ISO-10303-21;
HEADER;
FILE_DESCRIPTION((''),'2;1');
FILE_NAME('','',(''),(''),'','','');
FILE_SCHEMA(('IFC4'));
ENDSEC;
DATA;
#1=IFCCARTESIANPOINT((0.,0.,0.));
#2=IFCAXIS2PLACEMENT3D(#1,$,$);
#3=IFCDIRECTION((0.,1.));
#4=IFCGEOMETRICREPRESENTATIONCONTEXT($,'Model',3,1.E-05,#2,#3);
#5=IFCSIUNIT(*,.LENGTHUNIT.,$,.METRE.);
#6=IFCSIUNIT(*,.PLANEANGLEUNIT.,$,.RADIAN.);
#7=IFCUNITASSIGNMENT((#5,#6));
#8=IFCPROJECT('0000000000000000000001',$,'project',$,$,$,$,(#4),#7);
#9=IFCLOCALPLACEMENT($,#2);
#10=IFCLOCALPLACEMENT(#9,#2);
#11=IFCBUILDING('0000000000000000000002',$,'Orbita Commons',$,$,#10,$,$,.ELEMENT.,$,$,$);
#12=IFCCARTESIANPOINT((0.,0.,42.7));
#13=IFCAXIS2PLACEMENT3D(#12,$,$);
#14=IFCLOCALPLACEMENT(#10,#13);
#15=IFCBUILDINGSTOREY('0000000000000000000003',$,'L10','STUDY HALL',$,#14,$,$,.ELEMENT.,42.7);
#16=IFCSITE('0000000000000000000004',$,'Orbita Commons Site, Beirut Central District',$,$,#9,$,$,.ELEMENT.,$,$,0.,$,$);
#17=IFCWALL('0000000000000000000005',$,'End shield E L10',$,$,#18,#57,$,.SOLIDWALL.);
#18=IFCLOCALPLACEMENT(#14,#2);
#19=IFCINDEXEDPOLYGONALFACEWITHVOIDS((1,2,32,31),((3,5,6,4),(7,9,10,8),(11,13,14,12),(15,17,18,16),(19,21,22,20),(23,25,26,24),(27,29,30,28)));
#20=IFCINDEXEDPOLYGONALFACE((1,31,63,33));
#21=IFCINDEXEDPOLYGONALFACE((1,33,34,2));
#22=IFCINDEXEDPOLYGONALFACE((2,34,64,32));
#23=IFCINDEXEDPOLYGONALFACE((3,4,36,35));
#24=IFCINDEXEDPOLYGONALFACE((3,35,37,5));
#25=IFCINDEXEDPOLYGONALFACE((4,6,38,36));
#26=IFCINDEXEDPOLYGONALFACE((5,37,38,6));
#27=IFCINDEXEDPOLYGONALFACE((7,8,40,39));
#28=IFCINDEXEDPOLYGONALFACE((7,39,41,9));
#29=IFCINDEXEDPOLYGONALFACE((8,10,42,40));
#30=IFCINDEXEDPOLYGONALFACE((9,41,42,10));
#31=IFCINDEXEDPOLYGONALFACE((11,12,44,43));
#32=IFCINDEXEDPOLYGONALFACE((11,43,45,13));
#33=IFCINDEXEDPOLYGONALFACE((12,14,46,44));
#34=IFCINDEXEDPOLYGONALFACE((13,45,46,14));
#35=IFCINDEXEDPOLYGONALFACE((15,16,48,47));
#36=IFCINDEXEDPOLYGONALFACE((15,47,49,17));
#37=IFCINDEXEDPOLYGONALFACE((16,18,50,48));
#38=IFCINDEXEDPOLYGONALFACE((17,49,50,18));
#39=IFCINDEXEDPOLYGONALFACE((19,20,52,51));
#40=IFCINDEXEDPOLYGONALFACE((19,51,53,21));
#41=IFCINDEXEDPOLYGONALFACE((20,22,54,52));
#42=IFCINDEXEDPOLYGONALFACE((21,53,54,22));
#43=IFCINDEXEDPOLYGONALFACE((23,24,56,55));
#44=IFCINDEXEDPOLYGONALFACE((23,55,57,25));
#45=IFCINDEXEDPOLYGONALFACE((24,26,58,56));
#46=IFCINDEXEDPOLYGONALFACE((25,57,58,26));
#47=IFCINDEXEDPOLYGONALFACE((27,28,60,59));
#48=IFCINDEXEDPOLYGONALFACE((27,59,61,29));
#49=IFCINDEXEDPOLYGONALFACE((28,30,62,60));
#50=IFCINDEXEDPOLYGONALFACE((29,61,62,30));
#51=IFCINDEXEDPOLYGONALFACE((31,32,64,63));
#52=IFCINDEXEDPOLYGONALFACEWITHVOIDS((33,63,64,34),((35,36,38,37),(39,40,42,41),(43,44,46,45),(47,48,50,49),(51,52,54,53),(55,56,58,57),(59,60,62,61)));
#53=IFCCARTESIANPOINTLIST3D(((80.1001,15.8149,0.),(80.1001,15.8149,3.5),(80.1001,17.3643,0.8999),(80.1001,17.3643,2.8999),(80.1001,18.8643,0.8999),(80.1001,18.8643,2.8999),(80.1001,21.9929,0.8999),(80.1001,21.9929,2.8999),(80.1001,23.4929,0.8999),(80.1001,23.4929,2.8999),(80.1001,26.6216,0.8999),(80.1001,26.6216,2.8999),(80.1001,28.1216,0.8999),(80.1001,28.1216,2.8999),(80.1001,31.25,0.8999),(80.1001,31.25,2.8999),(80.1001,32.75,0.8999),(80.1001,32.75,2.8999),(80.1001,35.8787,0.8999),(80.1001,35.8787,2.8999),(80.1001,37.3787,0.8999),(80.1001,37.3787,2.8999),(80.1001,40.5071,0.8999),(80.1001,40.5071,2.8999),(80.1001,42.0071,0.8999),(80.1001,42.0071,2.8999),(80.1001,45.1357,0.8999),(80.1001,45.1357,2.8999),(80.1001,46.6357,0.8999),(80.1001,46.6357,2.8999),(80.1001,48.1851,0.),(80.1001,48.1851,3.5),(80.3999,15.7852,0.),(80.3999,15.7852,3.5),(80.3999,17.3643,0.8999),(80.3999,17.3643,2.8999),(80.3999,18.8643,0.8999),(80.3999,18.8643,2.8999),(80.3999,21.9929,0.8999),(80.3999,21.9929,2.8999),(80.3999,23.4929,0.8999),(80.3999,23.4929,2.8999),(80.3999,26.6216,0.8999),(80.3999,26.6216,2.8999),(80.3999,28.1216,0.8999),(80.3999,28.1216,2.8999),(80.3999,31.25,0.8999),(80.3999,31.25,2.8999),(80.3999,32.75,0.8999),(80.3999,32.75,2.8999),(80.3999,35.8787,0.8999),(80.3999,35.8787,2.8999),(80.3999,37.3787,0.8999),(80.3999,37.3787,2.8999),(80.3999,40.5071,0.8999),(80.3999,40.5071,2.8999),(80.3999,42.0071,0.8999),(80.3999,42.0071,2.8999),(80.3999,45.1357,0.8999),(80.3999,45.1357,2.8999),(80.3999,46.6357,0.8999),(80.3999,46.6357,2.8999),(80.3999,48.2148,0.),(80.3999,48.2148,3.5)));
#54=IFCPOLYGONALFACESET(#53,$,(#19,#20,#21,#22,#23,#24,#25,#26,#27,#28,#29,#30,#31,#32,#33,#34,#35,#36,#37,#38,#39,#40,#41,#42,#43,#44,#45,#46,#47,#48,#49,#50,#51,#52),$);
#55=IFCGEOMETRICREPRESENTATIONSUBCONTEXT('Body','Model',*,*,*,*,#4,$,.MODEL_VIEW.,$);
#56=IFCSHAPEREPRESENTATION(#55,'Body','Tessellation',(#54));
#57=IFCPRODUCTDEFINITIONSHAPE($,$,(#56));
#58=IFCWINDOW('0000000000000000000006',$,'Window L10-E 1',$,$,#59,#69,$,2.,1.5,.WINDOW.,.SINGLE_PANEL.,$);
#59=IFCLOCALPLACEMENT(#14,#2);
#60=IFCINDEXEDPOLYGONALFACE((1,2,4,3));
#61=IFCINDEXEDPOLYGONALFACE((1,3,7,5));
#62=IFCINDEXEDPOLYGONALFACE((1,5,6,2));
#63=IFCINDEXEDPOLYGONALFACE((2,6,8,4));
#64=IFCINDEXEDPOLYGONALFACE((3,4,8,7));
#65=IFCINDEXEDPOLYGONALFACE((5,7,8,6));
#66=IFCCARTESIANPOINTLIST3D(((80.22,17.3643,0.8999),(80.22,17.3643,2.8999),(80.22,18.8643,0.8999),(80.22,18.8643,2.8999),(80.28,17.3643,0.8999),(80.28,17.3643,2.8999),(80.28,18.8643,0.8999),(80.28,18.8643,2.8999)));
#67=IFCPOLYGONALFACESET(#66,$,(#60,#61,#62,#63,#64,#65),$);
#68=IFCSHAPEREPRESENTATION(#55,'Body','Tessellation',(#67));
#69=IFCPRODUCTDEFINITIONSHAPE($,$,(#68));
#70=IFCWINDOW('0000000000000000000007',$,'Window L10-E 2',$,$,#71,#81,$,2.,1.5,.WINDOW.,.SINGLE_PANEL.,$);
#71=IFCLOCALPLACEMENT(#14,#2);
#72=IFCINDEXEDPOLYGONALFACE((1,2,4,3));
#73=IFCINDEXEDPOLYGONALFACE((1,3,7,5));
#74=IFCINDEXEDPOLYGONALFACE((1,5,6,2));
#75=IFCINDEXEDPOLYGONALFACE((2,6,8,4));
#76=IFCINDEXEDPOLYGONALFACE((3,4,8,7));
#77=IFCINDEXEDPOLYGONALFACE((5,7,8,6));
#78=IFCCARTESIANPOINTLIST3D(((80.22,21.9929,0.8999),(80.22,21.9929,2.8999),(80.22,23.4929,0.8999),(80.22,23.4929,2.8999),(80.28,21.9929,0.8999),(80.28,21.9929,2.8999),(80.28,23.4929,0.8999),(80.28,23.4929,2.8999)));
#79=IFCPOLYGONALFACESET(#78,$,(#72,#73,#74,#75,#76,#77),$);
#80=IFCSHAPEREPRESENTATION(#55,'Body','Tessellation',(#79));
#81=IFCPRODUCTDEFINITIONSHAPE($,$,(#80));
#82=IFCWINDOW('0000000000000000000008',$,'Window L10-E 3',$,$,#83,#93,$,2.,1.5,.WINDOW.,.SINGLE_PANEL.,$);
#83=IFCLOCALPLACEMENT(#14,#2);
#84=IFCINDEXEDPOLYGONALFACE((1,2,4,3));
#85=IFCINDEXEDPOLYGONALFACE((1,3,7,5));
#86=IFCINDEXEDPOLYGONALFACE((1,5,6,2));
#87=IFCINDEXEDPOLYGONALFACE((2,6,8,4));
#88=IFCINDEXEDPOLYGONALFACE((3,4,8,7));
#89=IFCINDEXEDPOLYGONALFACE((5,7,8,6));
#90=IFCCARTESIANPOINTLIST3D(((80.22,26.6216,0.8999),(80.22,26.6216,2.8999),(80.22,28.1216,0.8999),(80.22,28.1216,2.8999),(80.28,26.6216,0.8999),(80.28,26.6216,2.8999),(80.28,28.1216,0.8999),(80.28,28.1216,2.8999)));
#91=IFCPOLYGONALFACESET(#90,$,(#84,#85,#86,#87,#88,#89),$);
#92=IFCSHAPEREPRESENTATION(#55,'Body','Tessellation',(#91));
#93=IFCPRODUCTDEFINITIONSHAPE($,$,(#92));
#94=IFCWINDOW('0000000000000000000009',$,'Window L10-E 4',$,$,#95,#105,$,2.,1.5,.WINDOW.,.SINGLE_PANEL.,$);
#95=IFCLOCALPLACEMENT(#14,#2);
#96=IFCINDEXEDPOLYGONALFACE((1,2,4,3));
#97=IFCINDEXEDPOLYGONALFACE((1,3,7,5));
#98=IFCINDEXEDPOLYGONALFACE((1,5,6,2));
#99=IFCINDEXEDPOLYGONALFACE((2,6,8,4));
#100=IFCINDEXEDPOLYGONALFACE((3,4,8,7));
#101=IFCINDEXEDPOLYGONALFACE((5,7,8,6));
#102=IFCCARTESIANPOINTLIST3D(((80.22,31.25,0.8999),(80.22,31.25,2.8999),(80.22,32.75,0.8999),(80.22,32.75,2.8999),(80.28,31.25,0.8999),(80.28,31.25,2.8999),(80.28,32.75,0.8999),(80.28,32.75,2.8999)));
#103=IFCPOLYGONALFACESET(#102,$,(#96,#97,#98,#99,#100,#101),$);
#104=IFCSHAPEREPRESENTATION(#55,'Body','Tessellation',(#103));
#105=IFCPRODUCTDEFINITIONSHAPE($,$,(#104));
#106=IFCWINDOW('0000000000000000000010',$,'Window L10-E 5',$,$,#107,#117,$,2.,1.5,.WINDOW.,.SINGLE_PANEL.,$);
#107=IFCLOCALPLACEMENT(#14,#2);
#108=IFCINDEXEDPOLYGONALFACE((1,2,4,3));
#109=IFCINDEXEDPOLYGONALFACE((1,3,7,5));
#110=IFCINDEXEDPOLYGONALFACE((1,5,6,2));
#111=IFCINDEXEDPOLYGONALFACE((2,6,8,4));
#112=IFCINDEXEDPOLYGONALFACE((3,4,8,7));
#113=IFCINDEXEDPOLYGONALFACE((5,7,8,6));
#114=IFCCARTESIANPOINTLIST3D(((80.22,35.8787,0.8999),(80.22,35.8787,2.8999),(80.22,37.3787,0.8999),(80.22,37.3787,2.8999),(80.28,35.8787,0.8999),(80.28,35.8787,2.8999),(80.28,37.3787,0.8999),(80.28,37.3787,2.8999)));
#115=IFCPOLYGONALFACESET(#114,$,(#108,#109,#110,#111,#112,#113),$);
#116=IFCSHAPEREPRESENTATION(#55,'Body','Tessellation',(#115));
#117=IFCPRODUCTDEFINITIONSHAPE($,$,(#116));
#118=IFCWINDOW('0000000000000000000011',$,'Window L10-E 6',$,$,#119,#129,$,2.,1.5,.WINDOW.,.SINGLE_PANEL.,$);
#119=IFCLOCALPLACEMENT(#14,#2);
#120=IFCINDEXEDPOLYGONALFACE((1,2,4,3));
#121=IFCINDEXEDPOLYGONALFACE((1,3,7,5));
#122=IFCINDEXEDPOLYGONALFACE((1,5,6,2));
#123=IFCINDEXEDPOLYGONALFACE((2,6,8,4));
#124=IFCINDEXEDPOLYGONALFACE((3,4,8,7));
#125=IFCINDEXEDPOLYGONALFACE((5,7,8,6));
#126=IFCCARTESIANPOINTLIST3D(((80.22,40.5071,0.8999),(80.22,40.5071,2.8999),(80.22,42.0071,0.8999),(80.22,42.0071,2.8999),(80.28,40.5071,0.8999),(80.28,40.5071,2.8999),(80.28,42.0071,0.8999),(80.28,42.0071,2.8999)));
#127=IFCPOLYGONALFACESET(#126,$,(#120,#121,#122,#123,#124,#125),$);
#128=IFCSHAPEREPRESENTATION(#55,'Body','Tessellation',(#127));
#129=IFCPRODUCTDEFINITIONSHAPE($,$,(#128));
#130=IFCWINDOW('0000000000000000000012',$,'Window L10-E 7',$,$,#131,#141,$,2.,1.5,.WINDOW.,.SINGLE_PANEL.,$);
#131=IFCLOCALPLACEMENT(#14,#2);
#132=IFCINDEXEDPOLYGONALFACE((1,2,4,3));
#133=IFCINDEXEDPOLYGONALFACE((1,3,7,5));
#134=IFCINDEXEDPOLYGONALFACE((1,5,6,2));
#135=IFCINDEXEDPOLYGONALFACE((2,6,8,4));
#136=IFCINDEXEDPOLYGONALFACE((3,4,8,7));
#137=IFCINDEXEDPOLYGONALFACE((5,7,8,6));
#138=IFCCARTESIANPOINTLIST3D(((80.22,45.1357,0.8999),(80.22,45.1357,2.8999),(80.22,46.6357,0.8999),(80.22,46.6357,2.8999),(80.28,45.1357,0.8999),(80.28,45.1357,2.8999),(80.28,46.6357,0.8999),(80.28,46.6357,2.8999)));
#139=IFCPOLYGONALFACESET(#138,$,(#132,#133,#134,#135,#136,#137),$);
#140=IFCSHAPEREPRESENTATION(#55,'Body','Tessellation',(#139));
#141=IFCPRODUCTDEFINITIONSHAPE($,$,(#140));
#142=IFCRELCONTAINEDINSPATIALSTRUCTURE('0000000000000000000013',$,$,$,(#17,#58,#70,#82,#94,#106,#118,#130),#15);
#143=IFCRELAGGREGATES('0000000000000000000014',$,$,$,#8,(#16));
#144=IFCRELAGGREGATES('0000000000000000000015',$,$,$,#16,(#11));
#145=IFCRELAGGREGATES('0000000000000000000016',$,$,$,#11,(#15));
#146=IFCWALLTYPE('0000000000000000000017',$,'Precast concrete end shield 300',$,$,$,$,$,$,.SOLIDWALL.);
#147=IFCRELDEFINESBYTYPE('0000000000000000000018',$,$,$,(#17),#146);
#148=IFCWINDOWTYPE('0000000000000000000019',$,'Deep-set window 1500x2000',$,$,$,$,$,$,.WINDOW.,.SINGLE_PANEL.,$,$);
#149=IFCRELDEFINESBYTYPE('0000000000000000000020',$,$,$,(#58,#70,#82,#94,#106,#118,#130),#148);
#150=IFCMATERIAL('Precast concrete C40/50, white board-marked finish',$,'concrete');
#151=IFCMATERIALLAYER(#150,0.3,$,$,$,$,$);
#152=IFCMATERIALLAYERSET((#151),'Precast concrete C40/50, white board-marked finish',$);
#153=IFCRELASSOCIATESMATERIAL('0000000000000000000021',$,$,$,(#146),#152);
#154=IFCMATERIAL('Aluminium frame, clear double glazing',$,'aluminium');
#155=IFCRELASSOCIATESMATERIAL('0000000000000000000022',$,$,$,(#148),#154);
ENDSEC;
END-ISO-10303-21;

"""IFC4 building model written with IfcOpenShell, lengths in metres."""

from ifc_helpers import new_model, si_unit, direction, frame, frame_2d, origin, place, context, subcontext, project, spatial, polyline, rectangle, outline, extrude, material, layer, layer_set, type_object, element, fill, save


model = new_model("IFC4")

# Units and contexts
model_context = context("Model", 3, precision=1e-05, world=origin(), true_north=direction((0.0, 1.0)))
body_context = subcontext(model_context, "Body", "Model", "MODEL_VIEW")
ifc_project = project(units=[si_unit("LENGTHUNIT", "METRE"), si_unit("PLANEANGLEUNIT", "RADIAN")], contexts=[model_context])

# Site, building, storey
site_placement = place(None, origin())
site = spatial("IfcSite", under=ifc_project, at=site_placement, Name="Orbita Commons Site, Beirut Central District", CompositionType="ELEMENT", RefElevation=0.0)
building_placement = place(site_placement, origin())
building = spatial("IfcBuilding", under=site, at=building_placement, Name="Orbita Commons", CompositionType="ELEMENT")
storey_placement = place(building_placement, frame((0.0, 0.0, 42.7)))
storey = spatial("IfcBuildingStorey", under=building, at=storey_placement, Name="L10", Description="STUDY HALL", CompositionType="ELEMENT", Elevation=42.7)

# Wall, openings, windows
ifc_material_1 = material(Name="Precast concrete C40/50, white board-marked finish", Category="concrete")
ifc_layer_1 = layer(ifc_material_1, 0.3)
ifc_layer_set_1 = layer_set([ifc_layer_1], Name="Precast concrete C40/50, white board-marked finish")
wall_type_1 = type_object("IfcWallType", Name="Precast concrete end shield 300", PredefinedType="SOLIDWALL", material=ifc_layer_set_1)
wall_1_placement = place(storey_placement, frame((80.25, 15.8, 0.0), z_axis=(0.0, 0.0, 1.0), x_axis=(0.0, 1.0, 0.0)))
wall_1 = element("IfcWall", 1, at=wall_1_placement, inside=storey, type_object=wall_type_1, Name="End shield E L10", PredefinedType="SOLIDWALL", context=body_context, shape_type="SweptSolid", body=[
    extrude(outline(polyline([(-0.0149, -0.1499), (32.4148, -0.1499), (32.385, 0.1499), (0.0149, 0.1499), (-0.0149, -0.1499)])), origin(), (0.0, 0.0, 1.0), 3.5),
])
opening_1_placement = place(wall_1_placement, frame((1.5642, 0.0, 0.8999)))
opening_1 = element("IfcOpeningElement", 2, at=opening_1_placement, cuts=wall_1, PredefinedType="OPENING", context=body_context, shape_type="SweptSolid", body=[
    extrude(rectangle(XDim=1.5, YDim=2.0, at=frame_2d((0.75, 1.0))), frame((0.0, 0.1599, 0.0), z_axis=(0.0, -1.0, 0.0), x_axis=(1.0, 0.0, 0.0)), (0.0, 0.0, 1.0), 0.3201),
])
opening_2_placement = place(wall_1_placement, frame((6.1929, 0.0, 0.8999)))
opening_2 = element("IfcOpeningElement", 3, at=opening_2_placement, cuts=wall_1, PredefinedType="OPENING", context=body_context, shape_type="SweptSolid", body=[
    extrude(rectangle(XDim=1.5, YDim=2.0, at=frame_2d((0.75, 1.0))), frame((0.0, 0.1599, 0.0), z_axis=(0.0, -1.0, 0.0), x_axis=(1.0, 0.0, 0.0)), (0.0, 0.0, 1.0), 0.3201),
])
opening_3_placement = place(wall_1_placement, frame((10.8215, 0.0, 0.8999)))
opening_3 = element("IfcOpeningElement", 4, at=opening_3_placement, cuts=wall_1, PredefinedType="OPENING", context=body_context, shape_type="SweptSolid", body=[
    extrude(rectangle(XDim=1.5, YDim=2.0, at=frame_2d((0.75, 1.0))), frame((0.0, 0.1599, 0.0), z_axis=(0.0, -1.0, 0.0), x_axis=(1.0, 0.0, 0.0)), (0.0, 0.0, 1.0), 0.3201),
])
opening_4_placement = place(wall_1_placement, frame((15.45, 0.0, 0.8999)))
opening_4 = element("IfcOpeningElement", 5, at=opening_4_placement, cuts=wall_1, PredefinedType="OPENING", context=body_context, shape_type="SweptSolid", body=[
    extrude(rectangle(XDim=1.5, YDim=2.0, at=frame_2d((0.75, 1.0))), frame((0.0, 0.1599, 0.0), z_axis=(0.0, -1.0, 0.0), x_axis=(1.0, 0.0, 0.0)), (0.0, 0.0, 1.0), 0.3201),
])
opening_5_placement = place(wall_1_placement, frame((20.0786, 0.0, 0.8999)))
opening_5 = element("IfcOpeningElement", 6, at=opening_5_placement, cuts=wall_1, PredefinedType="OPENING", context=body_context, shape_type="SweptSolid", body=[
    extrude(rectangle(XDim=1.5, YDim=2.0, at=frame_2d((0.75, 1.0))), frame((0.0, 0.1599, 0.0), z_axis=(0.0, -1.0, 0.0), x_axis=(1.0, 0.0, 0.0)), (0.0, 0.0, 1.0), 0.3201),
])
opening_6_placement = place(wall_1_placement, frame((24.707, 0.0, 0.8999)))
opening_6 = element("IfcOpeningElement", 7, at=opening_6_placement, cuts=wall_1, PredefinedType="OPENING", context=body_context, shape_type="SweptSolid", body=[
    extrude(rectangle(XDim=1.5, YDim=2.0, at=frame_2d((0.75, 1.0))), frame((0.0, 0.1599, 0.0), z_axis=(0.0, -1.0, 0.0), x_axis=(1.0, 0.0, 0.0)), (0.0, 0.0, 1.0), 0.3201),
])
opening_7_placement = place(wall_1_placement, frame((29.3357, 0.0, 0.8999)))
opening_7 = element("IfcOpeningElement", 8, at=opening_7_placement, cuts=wall_1, PredefinedType="OPENING", context=body_context, shape_type="SweptSolid", body=[
    extrude(rectangle(XDim=1.5, YDim=2.0, at=frame_2d((0.75, 1.0))), frame((0.0, 0.1599, 0.0), z_axis=(0.0, -1.0, 0.0), x_axis=(1.0, 0.0, 0.0)), (0.0, 0.0, 1.0), 0.3201),
])
ifc_material_2 = material(Name="Aluminium frame, clear double glazing", Category="aluminium")
window_type = type_object("IfcWindowType", Name="Deep-set window 1500x2000", PartitioningType="SINGLE_PANEL", PredefinedType="WINDOW", material=ifc_material_2)
window_1_placement = place(opening_1_placement, origin())
window_1 = element("IfcWindow", 9, at=window_1_placement, inside=storey, type_object=window_type, Name="Window L10-E 1", OverallHeight=2.0, OverallWidth=1.5, PartitioningType="SINGLE_PANEL", PredefinedType="WINDOW", context=body_context, shape_type="SweptSolid", body=[
    extrude(rectangle(XDim=1.5, YDim=2.0, at=frame_2d((0.75, 1.0))), frame((0.0, 0.03, 0.0), z_axis=(0.0, -1.0, 0.0), x_axis=(1.0, 0.0, 0.0)), (0.0, 0.0, 1.0), 0.0601),
])
fill(opening_1, window_1)
window_2_placement = place(opening_2_placement, origin())
window_2 = element("IfcWindow", 10, at=window_2_placement, inside=storey, type_object=window_type, Name="Window L10-E 2", OverallHeight=2.0, OverallWidth=1.5, PartitioningType="SINGLE_PANEL", PredefinedType="WINDOW", context=body_context, shape_type="SweptSolid", body=[
    extrude(rectangle(XDim=1.5, YDim=2.0, at=frame_2d((0.75, 1.0))), frame((0.0, 0.03, 0.0), z_axis=(0.0, -1.0, 0.0), x_axis=(1.0, 0.0, 0.0)), (0.0, 0.0, 1.0), 0.0601),
])
fill(opening_2, window_2)
window_3_placement = place(opening_3_placement, origin())
window_3 = element("IfcWindow", 11, at=window_3_placement, inside=storey, type_object=window_type, Name="Window L10-E 3", OverallHeight=2.0, OverallWidth=1.5, PartitioningType="SINGLE_PANEL", PredefinedType="WINDOW", context=body_context, shape_type="SweptSolid", body=[
    extrude(rectangle(XDim=1.5, YDim=2.0, at=frame_2d((0.75, 1.0))), frame((0.0, 0.03, 0.0), z_axis=(0.0, -1.0, 0.0), x_axis=(1.0, 0.0, 0.0)), (0.0, 0.0, 1.0), 0.0601),
])
fill(opening_3, window_3)
window_4_placement = place(opening_4_placement, origin())
window_4 = element("IfcWindow", 12, at=window_4_placement, inside=storey, type_object=window_type, Name="Window L10-E 4", OverallHeight=2.0, OverallWidth=1.5, PartitioningType="SINGLE_PANEL", PredefinedType="WINDOW", context=body_context, shape_type="SweptSolid", body=[
    extrude(rectangle(XDim=1.5, YDim=2.0, at=frame_2d((0.75, 1.0))), frame((0.0, 0.03, 0.0), z_axis=(0.0, -1.0, 0.0), x_axis=(1.0, 0.0, 0.0)), (0.0, 0.0, 1.0), 0.0601),
])
fill(opening_4, window_4)
window_5_placement = place(opening_5_placement, origin())
window_5 = element("IfcWindow", 13, at=window_5_placement, inside=storey, type_object=window_type, Name="Window L10-E 5", OverallHeight=2.0, OverallWidth=1.5, PartitioningType="SINGLE_PANEL", PredefinedType="WINDOW", context=body_context, shape_type="SweptSolid", body=[
    extrude(rectangle(XDim=1.5, YDim=2.0, at=frame_2d((0.75, 1.0))), frame((0.0, 0.03, 0.0), z_axis=(0.0, -1.0, 0.0), x_axis=(1.0, 0.0, 0.0)), (0.0, 0.0, 1.0), 0.0601),
])
fill(opening_5, window_5)
window_6_placement = place(opening_6_placement, origin())
window_6 = element("IfcWindow", 14, at=window_6_placement, inside=storey, type_object=window_type, Name="Window L10-E 6", OverallHeight=2.0, OverallWidth=1.5, PartitioningType="SINGLE_PANEL", PredefinedType="WINDOW", context=body_context, shape_type="SweptSolid", body=[
    extrude(rectangle(XDim=1.5, YDim=2.0, at=frame_2d((0.75, 1.0))), frame((0.0, 0.03, 0.0), z_axis=(0.0, -1.0, 0.0), x_axis=(1.0, 0.0, 0.0)), (0.0, 0.0, 1.0), 0.0601),
])
fill(opening_6, window_6)
window_7_placement = place(opening_7_placement, origin())
window_7 = element("IfcWindow", 15, at=window_7_placement, inside=storey, type_object=window_type, Name="Window L10-E 7", OverallHeight=2.0, OverallWidth=1.5, PartitioningType="SINGLE_PANEL", PredefinedType="WINDOW", context=body_context, shape_type="SweptSolid", body=[
    extrude(rectangle(XDim=1.5, YDim=2.0, at=frame_2d((0.75, 1.0))), frame((0.0, 0.03, 0.0), z_axis=(0.0, -1.0, 0.0), x_axis=(1.0, 0.0, 0.0)), (0.0, 0.0, 1.0), 0.0601),
])
fill(opening_7, window_7)

save(model, "model.ifc")
